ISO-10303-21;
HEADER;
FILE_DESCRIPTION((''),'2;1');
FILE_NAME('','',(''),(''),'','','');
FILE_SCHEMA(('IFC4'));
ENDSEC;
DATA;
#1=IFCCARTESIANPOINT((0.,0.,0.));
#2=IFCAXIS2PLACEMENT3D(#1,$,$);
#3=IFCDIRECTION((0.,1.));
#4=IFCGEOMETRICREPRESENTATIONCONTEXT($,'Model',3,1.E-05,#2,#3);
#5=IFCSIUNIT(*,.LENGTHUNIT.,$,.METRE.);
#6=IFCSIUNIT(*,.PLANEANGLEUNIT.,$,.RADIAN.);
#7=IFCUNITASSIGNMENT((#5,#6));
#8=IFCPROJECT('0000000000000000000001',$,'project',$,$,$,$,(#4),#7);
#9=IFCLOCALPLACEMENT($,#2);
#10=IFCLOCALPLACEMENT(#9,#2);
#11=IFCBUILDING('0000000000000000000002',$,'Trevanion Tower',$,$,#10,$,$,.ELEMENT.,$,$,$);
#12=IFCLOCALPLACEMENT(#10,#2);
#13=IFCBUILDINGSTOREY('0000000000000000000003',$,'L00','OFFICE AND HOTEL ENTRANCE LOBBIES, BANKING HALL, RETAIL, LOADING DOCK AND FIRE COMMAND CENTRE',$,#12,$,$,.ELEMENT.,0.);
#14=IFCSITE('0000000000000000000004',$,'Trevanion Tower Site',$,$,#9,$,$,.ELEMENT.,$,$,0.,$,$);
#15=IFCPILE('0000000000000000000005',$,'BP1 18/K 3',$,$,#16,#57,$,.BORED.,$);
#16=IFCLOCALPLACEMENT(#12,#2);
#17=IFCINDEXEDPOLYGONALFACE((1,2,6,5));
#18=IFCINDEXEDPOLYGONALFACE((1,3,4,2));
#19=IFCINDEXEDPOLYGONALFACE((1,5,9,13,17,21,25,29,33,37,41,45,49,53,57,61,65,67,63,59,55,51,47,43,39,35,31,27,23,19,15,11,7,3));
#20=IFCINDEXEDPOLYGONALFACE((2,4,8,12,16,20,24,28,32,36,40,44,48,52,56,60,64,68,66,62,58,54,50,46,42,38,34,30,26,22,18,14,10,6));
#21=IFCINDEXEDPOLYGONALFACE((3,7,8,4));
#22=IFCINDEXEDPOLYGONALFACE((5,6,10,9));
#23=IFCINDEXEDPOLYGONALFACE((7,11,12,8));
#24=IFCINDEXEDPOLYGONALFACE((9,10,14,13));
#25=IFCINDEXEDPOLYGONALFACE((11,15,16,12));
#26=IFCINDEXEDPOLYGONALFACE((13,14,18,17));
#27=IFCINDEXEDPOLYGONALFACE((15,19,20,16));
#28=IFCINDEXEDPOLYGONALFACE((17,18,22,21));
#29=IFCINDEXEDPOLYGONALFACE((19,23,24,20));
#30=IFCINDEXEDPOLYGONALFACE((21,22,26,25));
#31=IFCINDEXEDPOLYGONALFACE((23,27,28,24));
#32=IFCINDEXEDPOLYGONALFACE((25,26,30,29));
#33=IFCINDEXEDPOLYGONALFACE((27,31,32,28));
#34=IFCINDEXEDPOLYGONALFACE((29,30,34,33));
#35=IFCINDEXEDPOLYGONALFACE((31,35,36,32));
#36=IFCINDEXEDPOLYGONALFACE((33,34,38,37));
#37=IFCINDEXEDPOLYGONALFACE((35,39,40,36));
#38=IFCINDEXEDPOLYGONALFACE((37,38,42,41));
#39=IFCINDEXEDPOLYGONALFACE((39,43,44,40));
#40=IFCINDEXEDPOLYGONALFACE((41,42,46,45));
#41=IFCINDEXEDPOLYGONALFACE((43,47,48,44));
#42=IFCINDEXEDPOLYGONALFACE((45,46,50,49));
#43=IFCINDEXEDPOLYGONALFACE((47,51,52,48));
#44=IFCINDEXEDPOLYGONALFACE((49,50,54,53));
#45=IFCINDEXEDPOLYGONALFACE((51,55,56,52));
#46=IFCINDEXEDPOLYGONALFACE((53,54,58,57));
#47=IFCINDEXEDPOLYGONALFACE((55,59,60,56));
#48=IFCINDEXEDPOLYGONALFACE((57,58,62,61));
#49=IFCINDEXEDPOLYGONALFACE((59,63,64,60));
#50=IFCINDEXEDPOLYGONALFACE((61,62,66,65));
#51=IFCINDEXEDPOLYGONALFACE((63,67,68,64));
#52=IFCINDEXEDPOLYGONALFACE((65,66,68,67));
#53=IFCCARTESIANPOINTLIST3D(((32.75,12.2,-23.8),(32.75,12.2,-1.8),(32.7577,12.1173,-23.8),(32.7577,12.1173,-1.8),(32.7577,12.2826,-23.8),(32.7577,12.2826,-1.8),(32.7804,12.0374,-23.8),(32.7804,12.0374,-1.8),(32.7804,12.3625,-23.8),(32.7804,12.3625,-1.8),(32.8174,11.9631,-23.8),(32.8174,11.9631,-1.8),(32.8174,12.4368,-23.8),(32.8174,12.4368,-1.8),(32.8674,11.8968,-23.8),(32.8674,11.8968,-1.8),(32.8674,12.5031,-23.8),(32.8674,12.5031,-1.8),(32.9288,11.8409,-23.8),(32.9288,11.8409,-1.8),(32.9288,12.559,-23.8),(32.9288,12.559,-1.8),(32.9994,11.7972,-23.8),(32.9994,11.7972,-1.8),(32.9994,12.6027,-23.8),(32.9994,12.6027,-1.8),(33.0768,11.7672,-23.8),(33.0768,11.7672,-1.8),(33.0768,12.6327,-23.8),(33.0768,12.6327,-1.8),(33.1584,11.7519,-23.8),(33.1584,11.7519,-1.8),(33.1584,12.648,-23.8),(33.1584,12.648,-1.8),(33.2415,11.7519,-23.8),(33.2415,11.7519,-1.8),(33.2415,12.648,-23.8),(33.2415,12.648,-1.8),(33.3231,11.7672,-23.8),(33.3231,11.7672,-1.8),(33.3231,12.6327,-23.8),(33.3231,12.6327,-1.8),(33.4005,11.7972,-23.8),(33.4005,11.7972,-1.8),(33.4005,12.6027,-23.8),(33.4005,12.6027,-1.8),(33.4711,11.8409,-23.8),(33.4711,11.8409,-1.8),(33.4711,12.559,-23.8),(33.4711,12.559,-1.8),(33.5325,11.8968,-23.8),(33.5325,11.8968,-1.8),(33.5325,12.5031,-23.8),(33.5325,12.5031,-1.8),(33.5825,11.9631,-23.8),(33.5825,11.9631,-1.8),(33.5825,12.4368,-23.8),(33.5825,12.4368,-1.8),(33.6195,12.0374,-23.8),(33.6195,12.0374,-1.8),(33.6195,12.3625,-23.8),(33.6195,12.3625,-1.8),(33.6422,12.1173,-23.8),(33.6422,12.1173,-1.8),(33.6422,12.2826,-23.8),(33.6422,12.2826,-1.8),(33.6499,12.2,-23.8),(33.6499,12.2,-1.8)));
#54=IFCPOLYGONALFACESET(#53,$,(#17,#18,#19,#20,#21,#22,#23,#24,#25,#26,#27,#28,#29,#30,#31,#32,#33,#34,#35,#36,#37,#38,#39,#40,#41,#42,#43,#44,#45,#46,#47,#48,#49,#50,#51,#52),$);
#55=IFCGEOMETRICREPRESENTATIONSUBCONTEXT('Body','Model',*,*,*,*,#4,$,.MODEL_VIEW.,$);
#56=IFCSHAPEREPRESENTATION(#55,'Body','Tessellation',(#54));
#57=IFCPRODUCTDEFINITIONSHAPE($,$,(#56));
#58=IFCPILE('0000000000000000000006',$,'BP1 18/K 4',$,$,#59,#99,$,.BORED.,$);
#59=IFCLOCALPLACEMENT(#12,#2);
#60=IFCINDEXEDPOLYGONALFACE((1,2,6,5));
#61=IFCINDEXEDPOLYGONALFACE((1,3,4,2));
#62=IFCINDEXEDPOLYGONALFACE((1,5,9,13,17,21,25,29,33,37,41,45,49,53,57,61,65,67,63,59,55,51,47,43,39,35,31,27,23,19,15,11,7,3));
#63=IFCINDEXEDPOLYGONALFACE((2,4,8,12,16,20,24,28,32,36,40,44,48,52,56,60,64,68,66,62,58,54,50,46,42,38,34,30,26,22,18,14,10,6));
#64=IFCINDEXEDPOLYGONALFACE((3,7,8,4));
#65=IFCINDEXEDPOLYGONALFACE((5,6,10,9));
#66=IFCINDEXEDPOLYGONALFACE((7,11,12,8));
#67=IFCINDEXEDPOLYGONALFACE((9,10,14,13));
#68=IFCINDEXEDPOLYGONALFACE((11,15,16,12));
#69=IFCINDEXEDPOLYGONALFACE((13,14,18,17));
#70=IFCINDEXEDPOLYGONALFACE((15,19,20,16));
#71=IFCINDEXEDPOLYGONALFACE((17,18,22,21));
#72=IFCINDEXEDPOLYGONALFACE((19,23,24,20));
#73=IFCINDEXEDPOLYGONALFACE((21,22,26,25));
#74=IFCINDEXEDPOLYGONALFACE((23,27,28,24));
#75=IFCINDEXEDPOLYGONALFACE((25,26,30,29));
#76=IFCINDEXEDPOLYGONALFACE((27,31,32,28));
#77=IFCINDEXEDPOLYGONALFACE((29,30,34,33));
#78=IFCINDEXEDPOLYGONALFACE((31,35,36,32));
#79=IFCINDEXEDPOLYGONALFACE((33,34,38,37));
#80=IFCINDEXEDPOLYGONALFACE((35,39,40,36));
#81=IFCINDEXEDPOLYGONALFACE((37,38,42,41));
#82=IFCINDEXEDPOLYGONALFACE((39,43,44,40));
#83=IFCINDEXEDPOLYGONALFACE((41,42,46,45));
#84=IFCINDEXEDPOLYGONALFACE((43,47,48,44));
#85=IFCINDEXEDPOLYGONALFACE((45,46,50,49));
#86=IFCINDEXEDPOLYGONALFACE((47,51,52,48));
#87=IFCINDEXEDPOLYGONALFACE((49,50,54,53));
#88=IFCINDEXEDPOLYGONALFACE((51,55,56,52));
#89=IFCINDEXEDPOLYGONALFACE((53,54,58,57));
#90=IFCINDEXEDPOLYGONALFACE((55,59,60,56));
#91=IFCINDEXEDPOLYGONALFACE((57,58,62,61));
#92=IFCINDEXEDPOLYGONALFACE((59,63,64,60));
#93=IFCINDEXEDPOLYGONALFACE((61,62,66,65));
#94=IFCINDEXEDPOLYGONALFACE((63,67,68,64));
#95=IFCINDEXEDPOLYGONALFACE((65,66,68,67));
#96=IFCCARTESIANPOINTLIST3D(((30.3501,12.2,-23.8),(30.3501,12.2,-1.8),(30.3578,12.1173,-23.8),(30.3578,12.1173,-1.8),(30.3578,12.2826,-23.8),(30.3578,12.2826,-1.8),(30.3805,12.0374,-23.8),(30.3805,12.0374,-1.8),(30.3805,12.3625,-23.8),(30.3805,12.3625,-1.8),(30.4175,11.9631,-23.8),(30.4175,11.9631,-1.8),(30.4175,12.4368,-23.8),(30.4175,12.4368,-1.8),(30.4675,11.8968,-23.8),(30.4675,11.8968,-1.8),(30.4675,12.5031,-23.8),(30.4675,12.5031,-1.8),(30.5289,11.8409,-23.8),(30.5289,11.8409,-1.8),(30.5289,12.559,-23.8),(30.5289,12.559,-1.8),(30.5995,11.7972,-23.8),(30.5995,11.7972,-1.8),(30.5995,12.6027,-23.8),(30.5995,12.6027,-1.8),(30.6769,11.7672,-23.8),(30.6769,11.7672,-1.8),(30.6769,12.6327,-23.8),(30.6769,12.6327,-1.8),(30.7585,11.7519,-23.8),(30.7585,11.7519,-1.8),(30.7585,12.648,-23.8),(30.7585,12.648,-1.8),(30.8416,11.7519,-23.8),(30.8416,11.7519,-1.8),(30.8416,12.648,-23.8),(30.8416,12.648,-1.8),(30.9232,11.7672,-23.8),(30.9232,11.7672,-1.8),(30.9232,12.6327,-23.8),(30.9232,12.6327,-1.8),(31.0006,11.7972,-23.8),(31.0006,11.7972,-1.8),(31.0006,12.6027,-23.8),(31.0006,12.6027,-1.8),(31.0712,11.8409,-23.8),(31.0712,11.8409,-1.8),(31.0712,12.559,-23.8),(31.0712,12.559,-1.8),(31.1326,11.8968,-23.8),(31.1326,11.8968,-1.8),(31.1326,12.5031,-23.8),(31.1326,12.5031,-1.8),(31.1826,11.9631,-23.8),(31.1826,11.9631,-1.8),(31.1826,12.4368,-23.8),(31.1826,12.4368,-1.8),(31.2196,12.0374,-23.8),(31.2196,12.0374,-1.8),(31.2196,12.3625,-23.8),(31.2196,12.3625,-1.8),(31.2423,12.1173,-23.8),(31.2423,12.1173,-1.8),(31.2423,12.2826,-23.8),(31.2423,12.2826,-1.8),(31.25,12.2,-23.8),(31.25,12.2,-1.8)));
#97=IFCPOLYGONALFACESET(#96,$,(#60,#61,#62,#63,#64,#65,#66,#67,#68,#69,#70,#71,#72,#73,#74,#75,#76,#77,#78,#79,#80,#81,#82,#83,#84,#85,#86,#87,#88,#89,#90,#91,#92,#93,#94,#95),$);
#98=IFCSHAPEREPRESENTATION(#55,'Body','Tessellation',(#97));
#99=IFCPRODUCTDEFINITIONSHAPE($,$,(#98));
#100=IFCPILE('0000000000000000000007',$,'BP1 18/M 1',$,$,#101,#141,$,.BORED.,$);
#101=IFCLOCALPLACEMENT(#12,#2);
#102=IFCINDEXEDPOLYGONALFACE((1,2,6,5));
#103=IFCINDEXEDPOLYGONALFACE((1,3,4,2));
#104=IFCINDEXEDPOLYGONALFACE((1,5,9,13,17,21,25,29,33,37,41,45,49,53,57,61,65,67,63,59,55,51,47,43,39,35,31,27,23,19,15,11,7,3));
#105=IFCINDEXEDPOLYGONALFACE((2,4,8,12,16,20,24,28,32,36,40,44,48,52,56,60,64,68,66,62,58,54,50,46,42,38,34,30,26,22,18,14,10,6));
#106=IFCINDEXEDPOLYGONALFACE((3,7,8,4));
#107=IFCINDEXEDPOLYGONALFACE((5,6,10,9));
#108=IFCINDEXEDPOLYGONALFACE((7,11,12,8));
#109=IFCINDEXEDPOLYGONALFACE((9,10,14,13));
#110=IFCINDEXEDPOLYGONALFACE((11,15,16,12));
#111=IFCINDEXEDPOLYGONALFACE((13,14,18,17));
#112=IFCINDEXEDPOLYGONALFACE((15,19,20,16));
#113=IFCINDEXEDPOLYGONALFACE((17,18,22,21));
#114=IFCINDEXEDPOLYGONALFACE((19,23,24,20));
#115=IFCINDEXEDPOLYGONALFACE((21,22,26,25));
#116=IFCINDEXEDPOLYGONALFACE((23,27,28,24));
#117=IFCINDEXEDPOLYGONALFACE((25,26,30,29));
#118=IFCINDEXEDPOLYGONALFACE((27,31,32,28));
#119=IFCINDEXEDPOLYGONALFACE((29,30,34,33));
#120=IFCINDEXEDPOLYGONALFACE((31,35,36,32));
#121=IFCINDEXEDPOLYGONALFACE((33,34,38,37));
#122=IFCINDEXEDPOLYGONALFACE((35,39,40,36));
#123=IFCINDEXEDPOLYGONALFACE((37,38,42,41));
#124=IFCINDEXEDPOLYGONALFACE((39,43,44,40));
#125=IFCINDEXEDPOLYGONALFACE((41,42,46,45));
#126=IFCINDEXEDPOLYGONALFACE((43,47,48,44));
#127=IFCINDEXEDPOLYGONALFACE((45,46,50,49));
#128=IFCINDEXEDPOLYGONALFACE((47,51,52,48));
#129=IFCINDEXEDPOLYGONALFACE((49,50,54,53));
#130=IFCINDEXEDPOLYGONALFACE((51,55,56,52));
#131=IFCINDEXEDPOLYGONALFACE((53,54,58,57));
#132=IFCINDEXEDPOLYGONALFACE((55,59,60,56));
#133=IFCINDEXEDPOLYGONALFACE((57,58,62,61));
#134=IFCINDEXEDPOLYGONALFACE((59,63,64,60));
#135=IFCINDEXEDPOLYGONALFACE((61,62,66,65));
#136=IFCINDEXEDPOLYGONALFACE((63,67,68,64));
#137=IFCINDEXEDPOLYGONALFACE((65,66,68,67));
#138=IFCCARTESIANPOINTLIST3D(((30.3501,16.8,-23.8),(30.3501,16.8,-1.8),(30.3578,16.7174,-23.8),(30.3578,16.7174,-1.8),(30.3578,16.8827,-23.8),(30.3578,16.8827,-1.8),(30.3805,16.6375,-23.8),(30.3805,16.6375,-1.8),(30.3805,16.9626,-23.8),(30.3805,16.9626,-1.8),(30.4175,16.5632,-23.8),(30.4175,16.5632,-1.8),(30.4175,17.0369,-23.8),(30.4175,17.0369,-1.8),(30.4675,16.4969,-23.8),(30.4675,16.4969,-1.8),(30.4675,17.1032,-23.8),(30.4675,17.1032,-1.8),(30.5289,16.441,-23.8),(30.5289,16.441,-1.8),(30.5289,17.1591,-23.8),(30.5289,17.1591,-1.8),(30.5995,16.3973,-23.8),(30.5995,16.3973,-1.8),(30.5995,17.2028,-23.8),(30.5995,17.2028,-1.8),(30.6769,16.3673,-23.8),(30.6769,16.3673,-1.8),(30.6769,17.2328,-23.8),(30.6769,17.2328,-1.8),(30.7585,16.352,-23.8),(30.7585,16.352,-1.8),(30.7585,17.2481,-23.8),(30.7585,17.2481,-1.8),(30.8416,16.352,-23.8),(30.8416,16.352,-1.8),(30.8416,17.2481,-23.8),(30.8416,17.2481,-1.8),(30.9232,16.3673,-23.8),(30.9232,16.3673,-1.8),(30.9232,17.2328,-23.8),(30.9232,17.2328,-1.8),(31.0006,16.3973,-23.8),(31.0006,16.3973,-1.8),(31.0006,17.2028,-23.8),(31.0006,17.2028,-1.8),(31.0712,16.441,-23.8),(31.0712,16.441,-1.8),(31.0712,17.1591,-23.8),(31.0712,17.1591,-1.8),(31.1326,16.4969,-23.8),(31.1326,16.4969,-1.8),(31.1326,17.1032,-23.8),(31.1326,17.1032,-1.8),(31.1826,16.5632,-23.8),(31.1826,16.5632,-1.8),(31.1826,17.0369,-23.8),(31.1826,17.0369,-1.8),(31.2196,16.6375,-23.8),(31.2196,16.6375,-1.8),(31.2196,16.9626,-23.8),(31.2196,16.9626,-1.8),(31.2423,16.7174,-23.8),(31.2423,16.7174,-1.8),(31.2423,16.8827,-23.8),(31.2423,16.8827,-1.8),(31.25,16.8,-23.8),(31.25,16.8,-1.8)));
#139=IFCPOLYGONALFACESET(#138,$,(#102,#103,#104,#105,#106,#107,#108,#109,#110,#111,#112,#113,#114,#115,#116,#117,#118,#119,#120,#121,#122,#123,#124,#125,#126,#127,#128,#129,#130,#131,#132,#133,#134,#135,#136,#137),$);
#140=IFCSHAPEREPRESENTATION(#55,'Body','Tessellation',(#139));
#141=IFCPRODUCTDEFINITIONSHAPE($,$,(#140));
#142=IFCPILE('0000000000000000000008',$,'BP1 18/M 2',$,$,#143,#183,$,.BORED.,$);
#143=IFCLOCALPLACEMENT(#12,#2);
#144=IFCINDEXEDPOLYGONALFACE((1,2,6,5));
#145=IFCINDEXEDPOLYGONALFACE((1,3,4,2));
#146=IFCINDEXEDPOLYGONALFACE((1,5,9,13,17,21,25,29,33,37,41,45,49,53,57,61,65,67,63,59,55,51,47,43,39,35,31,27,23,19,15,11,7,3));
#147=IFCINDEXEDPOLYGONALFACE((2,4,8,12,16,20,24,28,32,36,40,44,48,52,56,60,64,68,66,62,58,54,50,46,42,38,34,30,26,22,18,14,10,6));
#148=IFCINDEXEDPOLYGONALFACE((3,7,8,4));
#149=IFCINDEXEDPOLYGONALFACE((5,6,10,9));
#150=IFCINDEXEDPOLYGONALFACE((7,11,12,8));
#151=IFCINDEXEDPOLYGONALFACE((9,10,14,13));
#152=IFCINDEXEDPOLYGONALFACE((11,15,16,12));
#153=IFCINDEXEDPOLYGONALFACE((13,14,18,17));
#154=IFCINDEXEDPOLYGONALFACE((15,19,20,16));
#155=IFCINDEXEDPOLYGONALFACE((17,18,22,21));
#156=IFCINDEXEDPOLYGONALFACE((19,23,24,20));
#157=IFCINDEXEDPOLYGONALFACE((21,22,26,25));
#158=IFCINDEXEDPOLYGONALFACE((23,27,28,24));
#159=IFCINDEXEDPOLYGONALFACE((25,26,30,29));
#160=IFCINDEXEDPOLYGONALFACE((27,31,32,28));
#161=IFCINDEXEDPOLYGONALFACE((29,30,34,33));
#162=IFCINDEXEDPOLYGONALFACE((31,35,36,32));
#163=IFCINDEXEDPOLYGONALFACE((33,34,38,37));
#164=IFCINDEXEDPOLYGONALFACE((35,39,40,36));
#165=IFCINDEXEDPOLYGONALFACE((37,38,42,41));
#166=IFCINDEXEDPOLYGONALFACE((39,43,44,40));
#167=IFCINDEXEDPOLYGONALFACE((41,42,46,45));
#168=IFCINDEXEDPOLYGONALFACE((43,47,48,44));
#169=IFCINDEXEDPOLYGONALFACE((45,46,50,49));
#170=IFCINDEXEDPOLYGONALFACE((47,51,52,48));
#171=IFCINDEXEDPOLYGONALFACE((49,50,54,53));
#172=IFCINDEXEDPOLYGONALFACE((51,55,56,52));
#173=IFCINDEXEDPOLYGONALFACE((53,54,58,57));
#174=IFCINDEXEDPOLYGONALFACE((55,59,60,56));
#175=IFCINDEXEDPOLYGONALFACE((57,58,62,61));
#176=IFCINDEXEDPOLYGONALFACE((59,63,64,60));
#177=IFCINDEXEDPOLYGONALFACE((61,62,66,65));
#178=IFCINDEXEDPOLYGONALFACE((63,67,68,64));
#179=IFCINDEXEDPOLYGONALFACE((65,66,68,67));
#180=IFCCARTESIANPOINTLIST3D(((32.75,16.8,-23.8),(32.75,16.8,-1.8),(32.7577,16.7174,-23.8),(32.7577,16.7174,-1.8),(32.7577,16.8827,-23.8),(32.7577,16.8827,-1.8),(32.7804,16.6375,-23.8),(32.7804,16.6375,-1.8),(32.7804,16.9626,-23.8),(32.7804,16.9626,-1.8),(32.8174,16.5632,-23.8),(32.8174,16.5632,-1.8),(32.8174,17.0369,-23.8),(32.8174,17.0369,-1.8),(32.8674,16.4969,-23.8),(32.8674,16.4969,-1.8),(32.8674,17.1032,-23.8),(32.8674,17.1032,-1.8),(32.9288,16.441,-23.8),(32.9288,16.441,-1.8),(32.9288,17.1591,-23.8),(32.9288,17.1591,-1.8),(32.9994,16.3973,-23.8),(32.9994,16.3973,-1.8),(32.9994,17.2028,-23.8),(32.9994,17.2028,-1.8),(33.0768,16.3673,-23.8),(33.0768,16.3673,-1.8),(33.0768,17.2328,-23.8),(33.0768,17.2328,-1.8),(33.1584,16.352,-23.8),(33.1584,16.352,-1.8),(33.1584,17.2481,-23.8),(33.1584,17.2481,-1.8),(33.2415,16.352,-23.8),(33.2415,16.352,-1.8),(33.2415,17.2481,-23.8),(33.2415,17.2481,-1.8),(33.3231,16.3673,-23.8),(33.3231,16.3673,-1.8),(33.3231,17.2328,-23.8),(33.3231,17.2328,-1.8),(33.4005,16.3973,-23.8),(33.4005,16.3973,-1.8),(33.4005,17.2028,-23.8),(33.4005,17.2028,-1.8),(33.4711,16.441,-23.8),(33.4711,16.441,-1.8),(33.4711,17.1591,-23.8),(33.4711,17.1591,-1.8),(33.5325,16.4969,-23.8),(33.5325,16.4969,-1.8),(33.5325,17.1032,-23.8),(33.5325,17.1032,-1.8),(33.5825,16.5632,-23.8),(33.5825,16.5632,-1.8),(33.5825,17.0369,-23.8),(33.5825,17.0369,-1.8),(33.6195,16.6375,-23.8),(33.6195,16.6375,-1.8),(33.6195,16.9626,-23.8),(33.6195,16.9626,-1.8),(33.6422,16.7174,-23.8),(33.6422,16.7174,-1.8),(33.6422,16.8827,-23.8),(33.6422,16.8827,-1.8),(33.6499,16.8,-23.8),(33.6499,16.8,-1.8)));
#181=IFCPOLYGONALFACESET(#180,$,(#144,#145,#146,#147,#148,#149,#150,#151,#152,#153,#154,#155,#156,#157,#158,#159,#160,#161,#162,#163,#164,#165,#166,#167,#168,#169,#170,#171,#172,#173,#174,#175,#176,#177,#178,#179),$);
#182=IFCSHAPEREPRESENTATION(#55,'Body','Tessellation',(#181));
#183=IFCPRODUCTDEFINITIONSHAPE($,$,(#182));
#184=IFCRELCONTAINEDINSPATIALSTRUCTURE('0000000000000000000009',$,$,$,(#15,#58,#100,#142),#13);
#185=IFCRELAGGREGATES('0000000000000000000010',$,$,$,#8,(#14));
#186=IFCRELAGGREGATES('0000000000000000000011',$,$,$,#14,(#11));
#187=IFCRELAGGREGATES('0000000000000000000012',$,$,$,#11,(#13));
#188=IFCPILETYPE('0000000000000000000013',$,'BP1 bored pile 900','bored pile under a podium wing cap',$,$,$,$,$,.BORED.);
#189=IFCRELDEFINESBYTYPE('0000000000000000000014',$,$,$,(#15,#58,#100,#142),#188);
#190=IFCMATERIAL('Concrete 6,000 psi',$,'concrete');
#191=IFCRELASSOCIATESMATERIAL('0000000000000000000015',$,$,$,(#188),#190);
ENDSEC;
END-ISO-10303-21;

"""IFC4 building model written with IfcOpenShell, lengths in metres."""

from ifc_helpers import new_model, si_unit, direction, frame, origin, origin_2d, place, context, subcontext, project, spatial, circle, extrude, material, material_profile, profile_set, type_object, element, save


model = new_model("IFC4")

# Units and contexts
model_context = context("Model", 3, precision=1e-05, world=origin(), true_north=direction((0.0, 1.0)))
body_context = subcontext(model_context, "Body", "Model", "MODEL_VIEW")
ifc_project = project(units=[si_unit("LENGTHUNIT", "METRE"), si_unit("PLANEANGLEUNIT", "RADIAN")], contexts=[model_context])

# Site, building, storey
site_placement = place(None, origin())
site = spatial("IfcSite", under=ifc_project, at=site_placement, Name="Trevanion Tower Site", CompositionType="ELEMENT", RefElevation=0.0)
building_placement = place(site_placement, origin())
building = spatial("IfcBuilding", under=site, at=building_placement, Name="Trevanion Tower", CompositionType="ELEMENT")
storey_placement = place(building_placement, origin())
storey = spatial("IfcBuildingStorey", under=building, at=storey_placement, Name="L00", Description="OFFICE AND HOTEL ENTRANCE LOBBIES, BANKING HALL, RETAIL, LOADING DOCK AND FIRE COMMAND CENTRE", CompositionType="ELEMENT", Elevation=0.0)

# Piles
ifc_material_1 = material(Name="Concrete 6,000 psi", Category="concrete")
ifc_material_profile_1 = material_profile(ifc_material_1, circle(Radius=0.45, at=origin_2d()), Name="BP1 bored pile 900")
ifc_profile_set_1 = profile_set([ifc_material_profile_1], Name="Concrete 6,000 psi")
pile_type_1 = type_object("IfcPileType", Name="BP1 bored pile 900", Description="bored pile under a podium wing cap", PredefinedType="BORED", material=ifc_profile_set_1)
for number, where, z_axis, x_axis, name in (
    (1, (33.2, 12.2, -1.8), (0.0, 0.0, -1.0), (1.0, 0.0, 0.0), "BP1 18/K 3"),
    (2, (30.8, 12.2, -1.8), (0.0, 0.0, -1.0), (1.0, 0.0, 0.0), "BP1 18/K 4"),
    (3, (30.8, 16.8, -1.8), (0.0, 0.0, -1.0), (1.0, 0.0, 0.0), "BP1 18/M 1"),
    (4, (33.2, 16.8, -1.8), (0.0, 0.0, -1.0), (1.0, 0.0, 0.0), "BP1 18/M 2"),
):
    element("IfcPile", number, at=place(storey_placement, frame(where, z_axis=z_axis, x_axis=x_axis)), inside=storey, type_object=pile_type_1, Name=name, PredefinedType="BORED", context=body_context, shape_type="SweptSolid", body=[
        extrude(circle(Radius=0.45, at=origin_2d()), origin(), (0.0, 0.0, 1.0), 22.0),
    ])

save(model, "model.ifc")
